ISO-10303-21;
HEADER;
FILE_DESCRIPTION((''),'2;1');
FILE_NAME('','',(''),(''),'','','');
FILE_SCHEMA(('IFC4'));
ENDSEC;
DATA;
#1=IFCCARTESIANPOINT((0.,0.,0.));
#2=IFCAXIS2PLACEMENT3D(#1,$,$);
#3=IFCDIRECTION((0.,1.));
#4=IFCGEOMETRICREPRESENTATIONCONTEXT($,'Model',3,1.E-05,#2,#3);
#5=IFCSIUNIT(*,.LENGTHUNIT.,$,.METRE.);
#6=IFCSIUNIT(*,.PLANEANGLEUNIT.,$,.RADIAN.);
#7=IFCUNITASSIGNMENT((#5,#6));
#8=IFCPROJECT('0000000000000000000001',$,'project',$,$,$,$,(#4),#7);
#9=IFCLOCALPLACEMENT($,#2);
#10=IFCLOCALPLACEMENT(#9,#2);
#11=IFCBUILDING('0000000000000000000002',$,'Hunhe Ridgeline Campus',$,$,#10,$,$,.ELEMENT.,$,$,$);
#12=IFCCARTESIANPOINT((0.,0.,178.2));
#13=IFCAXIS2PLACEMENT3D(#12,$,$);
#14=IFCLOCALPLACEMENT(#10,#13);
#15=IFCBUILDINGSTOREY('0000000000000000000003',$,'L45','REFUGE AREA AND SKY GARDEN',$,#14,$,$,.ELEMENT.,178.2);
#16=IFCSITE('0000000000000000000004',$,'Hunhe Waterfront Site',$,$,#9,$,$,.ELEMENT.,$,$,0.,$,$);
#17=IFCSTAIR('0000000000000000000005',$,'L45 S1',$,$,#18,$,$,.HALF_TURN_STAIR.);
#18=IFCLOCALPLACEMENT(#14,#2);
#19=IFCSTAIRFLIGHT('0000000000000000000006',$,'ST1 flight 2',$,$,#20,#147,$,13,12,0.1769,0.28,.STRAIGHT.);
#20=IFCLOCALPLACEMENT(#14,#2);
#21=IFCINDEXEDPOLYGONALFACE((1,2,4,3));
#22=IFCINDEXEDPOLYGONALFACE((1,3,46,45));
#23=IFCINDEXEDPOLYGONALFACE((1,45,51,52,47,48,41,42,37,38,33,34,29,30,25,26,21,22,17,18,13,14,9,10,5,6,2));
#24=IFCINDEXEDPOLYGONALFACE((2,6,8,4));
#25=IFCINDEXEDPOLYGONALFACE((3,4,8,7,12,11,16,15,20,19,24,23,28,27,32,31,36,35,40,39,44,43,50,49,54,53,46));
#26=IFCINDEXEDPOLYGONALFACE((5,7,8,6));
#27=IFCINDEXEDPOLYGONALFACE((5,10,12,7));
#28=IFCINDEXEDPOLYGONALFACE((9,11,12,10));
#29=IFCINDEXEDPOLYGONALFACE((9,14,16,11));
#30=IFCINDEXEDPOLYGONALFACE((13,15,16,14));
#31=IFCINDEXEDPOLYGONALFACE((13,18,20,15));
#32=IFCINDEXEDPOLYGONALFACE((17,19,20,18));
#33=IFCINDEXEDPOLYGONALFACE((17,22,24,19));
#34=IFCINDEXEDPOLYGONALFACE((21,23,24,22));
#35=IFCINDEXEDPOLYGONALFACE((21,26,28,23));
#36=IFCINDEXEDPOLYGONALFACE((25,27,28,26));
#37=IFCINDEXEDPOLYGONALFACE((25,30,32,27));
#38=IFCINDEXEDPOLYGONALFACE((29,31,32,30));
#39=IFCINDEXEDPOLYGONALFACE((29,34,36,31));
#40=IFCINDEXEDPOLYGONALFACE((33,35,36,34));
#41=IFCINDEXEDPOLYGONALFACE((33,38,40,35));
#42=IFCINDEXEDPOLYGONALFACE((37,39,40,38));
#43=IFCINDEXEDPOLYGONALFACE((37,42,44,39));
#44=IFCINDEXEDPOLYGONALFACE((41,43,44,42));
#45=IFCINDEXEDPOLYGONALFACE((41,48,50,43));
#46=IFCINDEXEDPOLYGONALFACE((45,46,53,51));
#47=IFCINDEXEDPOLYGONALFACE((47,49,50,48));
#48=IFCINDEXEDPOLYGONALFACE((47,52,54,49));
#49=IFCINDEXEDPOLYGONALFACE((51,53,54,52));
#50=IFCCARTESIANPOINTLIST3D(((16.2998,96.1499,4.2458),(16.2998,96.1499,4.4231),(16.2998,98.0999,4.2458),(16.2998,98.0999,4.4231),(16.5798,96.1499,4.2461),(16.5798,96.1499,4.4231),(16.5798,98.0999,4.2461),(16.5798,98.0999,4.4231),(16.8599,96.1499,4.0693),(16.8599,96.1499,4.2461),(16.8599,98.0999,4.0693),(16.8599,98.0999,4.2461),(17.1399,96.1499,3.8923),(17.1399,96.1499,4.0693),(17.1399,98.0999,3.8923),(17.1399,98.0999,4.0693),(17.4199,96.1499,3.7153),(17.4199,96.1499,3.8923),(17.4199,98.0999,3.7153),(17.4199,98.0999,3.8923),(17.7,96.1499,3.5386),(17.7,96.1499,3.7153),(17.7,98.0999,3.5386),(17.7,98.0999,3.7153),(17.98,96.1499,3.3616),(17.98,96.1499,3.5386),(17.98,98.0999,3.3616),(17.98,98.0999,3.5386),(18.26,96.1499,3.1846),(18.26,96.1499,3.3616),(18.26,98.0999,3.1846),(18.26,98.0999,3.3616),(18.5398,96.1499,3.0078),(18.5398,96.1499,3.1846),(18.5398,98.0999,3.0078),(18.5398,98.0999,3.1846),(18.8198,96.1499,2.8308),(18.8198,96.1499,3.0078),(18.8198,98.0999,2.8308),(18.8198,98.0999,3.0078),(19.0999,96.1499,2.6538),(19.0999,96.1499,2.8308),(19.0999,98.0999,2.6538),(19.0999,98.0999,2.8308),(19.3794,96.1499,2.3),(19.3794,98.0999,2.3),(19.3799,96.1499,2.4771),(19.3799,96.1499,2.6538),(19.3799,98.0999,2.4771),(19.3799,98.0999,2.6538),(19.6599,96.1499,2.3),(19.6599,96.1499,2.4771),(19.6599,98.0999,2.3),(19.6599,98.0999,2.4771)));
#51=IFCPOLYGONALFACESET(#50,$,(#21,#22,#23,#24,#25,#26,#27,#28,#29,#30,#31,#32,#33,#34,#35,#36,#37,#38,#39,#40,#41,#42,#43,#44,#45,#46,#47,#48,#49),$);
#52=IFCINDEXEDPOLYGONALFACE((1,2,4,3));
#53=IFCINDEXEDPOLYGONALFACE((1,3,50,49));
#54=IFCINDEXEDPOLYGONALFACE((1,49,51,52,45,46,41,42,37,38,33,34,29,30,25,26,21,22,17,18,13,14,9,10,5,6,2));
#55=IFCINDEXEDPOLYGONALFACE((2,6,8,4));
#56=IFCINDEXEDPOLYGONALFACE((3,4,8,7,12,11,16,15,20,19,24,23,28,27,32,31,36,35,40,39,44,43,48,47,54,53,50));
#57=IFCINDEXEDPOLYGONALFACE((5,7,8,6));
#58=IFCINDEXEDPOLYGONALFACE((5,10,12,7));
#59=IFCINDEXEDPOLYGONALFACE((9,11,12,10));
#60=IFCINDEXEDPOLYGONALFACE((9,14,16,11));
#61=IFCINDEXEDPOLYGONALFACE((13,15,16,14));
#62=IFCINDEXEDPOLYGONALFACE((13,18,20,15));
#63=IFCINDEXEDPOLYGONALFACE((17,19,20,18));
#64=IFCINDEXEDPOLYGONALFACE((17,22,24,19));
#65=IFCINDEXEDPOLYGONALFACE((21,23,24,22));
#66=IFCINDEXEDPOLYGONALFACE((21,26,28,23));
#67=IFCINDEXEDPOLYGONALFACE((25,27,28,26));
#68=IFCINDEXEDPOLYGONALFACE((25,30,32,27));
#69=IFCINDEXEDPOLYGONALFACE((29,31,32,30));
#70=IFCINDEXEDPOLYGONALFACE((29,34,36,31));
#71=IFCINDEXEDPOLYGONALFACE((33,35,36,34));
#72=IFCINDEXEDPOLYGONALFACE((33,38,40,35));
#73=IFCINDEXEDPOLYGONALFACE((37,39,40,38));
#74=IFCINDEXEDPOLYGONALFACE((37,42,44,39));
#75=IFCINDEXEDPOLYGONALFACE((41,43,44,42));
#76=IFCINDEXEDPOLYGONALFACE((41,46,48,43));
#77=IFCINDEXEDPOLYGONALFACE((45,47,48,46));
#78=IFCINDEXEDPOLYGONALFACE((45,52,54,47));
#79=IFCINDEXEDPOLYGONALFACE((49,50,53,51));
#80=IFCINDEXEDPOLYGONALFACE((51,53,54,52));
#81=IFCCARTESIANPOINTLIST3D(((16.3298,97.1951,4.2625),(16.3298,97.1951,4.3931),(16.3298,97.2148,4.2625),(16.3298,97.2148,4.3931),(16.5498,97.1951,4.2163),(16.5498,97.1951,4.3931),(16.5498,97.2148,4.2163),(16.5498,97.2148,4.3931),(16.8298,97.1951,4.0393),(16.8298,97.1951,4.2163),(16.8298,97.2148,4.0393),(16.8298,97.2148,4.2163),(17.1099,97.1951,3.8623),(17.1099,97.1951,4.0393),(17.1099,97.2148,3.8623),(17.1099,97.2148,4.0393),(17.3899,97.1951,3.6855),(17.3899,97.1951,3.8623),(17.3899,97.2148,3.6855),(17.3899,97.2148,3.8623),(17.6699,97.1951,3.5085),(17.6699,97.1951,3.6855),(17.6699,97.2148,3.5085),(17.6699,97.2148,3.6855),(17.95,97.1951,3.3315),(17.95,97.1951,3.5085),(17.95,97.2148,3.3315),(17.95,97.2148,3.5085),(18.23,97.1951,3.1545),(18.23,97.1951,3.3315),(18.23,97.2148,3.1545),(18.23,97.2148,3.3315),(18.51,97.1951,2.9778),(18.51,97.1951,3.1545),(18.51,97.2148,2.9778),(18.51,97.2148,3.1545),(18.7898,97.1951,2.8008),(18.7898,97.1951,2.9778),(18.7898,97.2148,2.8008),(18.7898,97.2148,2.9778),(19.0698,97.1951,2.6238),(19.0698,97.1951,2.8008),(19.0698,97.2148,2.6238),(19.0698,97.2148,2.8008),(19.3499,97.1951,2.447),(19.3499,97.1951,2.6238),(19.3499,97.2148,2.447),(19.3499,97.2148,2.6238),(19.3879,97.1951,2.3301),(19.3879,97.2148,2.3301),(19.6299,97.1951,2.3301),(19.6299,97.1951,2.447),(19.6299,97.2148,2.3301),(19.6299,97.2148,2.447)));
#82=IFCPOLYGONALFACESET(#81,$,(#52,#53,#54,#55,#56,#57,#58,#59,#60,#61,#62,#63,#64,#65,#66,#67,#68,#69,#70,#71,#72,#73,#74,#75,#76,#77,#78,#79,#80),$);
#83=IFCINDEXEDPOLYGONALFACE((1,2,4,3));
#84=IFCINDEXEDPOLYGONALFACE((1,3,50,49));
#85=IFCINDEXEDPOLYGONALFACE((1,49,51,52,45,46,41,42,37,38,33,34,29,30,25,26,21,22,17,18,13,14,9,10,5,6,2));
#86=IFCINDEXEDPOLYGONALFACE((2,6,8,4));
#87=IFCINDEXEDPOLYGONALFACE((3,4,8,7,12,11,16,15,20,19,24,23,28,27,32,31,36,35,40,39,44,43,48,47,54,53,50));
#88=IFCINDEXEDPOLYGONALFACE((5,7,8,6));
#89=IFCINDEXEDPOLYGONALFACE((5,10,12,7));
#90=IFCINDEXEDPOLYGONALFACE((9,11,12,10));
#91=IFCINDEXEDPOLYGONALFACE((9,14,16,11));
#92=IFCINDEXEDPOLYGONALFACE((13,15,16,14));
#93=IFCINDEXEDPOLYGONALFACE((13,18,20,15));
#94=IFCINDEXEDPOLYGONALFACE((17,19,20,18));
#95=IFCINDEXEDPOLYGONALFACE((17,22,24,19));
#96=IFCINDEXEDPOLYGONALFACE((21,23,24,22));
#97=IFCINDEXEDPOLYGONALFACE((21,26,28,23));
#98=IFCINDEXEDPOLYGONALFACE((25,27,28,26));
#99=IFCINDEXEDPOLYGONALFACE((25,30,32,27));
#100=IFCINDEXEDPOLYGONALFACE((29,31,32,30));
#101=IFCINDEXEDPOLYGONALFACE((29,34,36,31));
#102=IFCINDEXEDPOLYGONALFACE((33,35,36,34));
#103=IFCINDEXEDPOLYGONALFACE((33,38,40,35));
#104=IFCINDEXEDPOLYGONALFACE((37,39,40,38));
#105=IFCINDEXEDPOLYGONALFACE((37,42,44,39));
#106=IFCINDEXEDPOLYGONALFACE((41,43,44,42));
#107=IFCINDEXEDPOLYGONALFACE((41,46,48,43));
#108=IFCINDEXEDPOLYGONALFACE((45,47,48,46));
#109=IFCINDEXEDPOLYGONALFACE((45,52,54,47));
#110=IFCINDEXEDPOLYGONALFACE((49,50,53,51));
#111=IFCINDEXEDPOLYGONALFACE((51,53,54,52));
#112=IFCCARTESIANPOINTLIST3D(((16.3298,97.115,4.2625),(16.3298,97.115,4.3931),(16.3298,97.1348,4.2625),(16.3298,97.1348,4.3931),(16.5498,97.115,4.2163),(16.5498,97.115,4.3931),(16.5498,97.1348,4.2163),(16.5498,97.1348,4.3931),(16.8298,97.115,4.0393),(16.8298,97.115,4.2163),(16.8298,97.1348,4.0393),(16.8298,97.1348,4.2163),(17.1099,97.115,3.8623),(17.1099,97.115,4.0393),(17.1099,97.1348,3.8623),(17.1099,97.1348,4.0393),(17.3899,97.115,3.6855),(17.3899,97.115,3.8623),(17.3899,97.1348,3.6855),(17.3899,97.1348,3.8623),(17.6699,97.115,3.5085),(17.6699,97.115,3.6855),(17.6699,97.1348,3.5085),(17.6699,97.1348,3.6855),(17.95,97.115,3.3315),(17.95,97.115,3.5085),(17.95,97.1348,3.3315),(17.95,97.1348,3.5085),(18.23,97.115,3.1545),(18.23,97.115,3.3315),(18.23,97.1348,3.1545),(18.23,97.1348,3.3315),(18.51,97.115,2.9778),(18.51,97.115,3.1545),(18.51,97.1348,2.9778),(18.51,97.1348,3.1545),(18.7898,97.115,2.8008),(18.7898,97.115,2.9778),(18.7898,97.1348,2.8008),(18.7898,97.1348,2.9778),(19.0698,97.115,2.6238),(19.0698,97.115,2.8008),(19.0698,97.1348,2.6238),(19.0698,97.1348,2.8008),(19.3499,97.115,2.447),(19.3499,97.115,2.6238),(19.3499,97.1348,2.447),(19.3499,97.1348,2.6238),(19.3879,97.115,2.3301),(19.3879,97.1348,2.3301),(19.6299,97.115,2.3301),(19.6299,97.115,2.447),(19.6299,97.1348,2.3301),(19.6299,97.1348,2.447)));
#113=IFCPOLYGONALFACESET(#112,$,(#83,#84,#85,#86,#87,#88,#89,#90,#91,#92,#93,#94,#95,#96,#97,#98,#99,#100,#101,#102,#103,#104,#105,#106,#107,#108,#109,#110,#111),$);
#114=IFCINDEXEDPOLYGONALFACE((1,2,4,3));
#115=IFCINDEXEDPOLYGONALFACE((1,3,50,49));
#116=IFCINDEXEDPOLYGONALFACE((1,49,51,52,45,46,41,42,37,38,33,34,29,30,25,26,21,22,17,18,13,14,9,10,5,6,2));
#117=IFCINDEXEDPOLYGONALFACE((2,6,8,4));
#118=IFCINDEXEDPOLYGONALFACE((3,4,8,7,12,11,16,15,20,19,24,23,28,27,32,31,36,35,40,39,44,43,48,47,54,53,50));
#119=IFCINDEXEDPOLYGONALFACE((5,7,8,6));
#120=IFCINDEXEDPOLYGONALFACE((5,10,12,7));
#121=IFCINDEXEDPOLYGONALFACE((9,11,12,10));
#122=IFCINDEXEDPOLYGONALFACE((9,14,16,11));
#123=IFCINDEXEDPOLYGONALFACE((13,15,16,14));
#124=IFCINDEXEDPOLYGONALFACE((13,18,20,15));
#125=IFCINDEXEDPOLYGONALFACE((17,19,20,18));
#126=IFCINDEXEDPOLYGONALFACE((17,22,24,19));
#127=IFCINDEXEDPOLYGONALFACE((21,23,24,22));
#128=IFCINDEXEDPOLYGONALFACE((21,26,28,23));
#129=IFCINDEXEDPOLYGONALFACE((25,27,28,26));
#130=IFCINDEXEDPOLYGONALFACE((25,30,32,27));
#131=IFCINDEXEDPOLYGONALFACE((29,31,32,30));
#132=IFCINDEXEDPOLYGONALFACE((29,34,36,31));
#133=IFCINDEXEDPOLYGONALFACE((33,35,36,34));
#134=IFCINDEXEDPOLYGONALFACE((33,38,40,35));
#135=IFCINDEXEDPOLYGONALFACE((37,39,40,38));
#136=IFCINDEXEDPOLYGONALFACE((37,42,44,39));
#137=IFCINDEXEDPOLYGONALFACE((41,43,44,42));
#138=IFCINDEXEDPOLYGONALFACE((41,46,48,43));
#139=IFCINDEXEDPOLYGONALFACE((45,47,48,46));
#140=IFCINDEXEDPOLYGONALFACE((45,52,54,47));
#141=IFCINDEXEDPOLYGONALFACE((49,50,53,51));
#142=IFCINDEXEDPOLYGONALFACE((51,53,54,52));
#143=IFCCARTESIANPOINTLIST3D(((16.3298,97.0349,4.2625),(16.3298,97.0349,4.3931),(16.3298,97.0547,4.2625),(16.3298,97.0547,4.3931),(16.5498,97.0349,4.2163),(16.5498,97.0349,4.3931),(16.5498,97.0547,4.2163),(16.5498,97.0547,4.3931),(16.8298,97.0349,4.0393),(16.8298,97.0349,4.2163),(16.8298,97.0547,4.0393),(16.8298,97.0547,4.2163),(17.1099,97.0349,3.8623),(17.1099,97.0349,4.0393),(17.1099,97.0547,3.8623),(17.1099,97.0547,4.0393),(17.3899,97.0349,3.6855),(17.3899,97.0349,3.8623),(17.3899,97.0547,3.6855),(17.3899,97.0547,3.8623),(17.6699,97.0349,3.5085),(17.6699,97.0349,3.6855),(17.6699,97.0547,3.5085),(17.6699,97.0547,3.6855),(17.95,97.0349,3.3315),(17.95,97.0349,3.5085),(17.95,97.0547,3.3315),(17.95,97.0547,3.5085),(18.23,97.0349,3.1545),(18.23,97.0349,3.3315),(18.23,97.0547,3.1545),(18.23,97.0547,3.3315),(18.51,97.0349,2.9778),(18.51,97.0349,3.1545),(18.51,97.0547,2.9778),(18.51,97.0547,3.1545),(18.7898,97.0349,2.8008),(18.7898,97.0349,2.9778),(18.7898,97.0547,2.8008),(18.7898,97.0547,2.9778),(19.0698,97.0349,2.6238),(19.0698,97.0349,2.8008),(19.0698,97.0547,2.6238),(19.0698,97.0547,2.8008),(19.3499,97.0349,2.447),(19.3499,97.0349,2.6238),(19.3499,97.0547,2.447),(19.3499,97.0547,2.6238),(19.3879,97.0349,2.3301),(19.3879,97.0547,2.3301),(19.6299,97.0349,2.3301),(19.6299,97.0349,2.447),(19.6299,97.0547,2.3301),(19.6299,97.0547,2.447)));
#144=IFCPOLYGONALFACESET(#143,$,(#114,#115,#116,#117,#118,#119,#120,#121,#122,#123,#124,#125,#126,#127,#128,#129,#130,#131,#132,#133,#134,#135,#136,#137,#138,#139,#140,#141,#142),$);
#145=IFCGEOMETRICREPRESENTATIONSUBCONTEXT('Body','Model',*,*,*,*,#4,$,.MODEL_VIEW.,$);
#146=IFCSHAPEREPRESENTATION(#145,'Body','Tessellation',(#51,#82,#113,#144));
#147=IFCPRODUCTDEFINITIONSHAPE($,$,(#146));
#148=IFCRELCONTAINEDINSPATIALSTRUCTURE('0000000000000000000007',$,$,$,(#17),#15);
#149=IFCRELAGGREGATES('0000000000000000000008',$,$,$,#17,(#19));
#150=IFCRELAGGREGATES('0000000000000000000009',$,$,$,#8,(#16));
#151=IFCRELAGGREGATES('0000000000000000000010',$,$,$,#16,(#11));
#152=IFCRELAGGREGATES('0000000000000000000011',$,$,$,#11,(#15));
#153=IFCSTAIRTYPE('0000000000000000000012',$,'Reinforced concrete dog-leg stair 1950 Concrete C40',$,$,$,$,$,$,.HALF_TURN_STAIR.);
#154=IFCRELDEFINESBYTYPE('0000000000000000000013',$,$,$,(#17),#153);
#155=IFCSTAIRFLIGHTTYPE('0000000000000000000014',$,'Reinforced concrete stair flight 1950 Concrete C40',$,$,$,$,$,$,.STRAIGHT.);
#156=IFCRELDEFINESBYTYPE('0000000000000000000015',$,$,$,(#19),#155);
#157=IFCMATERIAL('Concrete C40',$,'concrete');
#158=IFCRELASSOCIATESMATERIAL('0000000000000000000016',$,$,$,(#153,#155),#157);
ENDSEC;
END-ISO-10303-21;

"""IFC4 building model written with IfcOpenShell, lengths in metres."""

from ifc_helpers import new_model, si_unit, direction, frame, origin, place, context, subcontext, project, spatial, polyline, outline, extrude, material, type_object, element, aggregate, save


model = new_model("IFC4")

# Units and contexts
model_context = context("Model", 3, precision=1e-05, world=origin(), true_north=direction((0.0, 1.0)))
body_context = subcontext(model_context, "Body", "Model", "MODEL_VIEW")
ifc_project = project(units=[si_unit("LENGTHUNIT", "METRE"), si_unit("PLANEANGLEUNIT", "RADIAN")], contexts=[model_context])

# Site, building, storey
site_placement = place(None, origin())
site = spatial("IfcSite", under=ifc_project, at=site_placement, Name="Hunhe Waterfront Site", CompositionType="ELEMENT", RefElevation=0.0)
building_placement = place(site_placement, origin())
building = spatial("IfcBuilding", under=site, at=building_placement, Name="Hunhe Ridgeline Campus", CompositionType="ELEMENT")
storey_placement = place(building_placement, frame((0.0, 0.0, 178.2)))
storey = spatial("IfcBuildingStorey", under=building, at=storey_placement, Name="L45", Description="REFUGE AREA AND SKY GARDEN", CompositionType="ELEMENT", Elevation=178.2)

# Stair, stair flight
ifc_material_1 = material(Name="Concrete C40", Category="concrete")
stair_type = type_object("IfcStairType", Name="Reinforced concrete dog-leg stair 1950 Concrete C40", PredefinedType="HALF_TURN_STAIR", material=ifc_material_1)
stair_placement = place(storey_placement, origin())
stair = element("IfcStair", 1, at=stair_placement, inside=storey, type_object=stair_type, Name="L45 S1", PredefinedType="HALF_TURN_STAIR")
stair_flight_type = type_object("IfcStairFlightType", Name="Reinforced concrete stair flight 1950 Concrete C40", PredefinedType="STRAIGHT", material=ifc_material_1)
stair_flight_placement = place(storey_placement, frame((19.6599, 97.125, 2.3), z_axis=(0.0, 0.0, 1.0), x_axis=(-1.0, 0.0, 0.0)))
stair_flight = element("IfcStairFlight", 2, at=stair_flight_placement, type_object=stair_flight_type, Name="ST1 flight 2", NumberOfRisers=13, NumberOfTreads=12, PredefinedType="STRAIGHT", RiserHeight=0.1769, TreadLength=0.28, context=body_context, shape_type="SweptSolid", body=[
    extrude(outline(polyline([(0.0, 0.0), (0.0, 0.177), (0.28, 0.177), (0.28, 0.3538), (0.5601, 0.3538), (0.5601, 0.5308), (0.8401, 0.5308), (0.8401, 0.7078), (1.1201, 0.7078), (1.1201, 0.8845), (1.3999, 0.8845), (1.3999, 1.0615), (1.6799, 1.0615), (1.6799, 1.2385), (1.96, 1.2385), (1.96, 1.4153), (2.24, 1.4153), (2.24, 1.5923), (2.52, 1.5923), (2.52, 1.7693), (2.8, 1.7693), (2.8, 1.946), (3.0801, 1.946), (3.0801, 2.123), (3.3601, 2.123), (3.3601, 2.3), (3.3601, 1.9458), (0.2805, 0.0), (0.0, 0.0)])), frame((0.0, 0.9751, 0.0), z_axis=(0.0, -1.0, 0.0), x_axis=(1.0, 0.0, 0.0)), (0.0, 0.0, 1.0), 1.95),
    extrude(outline(polyline([(0.03, 0.03), (0.03, 0.147), (0.3101, 0.147), (0.3101, 0.3237), (0.5901, 0.3237), (0.5901, 0.5007), (0.8701, 0.5007), (0.8701, 0.6777), (1.1499, 0.6777), (1.1499, 0.8545), (1.4299, 0.8545), (1.4299, 1.0315), (1.71, 1.0315), (1.71, 1.2085), (1.99, 1.2085), (1.99, 1.3855), (2.27, 1.3855), (2.27, 1.5623), (2.55, 1.5623), (2.55, 1.7393), (2.8301, 1.7393), (2.8301, 1.9163), (3.1101, 1.9163), (3.1101, 2.093), (3.3301, 2.093), (3.3301, 1.9624), (0.272, 0.03), (0.03, 0.03)])), frame((0.0, -0.0701, 0.0), z_axis=(0.0, -1.0, 0.0), x_axis=(1.0, 0.0, 0.0)), (0.0, 0.0, 1.0), 0.0198),
    extrude(outline(polyline([(0.03, 0.03), (0.03, 0.147), (0.3101, 0.147), (0.3101, 0.3237), (0.5901, 0.3237), (0.5901, 0.5007), (0.8701, 0.5007), (0.8701, 0.6777), (1.1499, 0.6777), (1.1499, 0.8545), (1.4299, 0.8545), (1.4299, 1.0315), (1.71, 1.0315), (1.71, 1.2085), (1.99, 1.2085), (1.99, 1.3855), (2.27, 1.3855), (2.27, 1.5623), (2.55, 1.5623), (2.55, 1.7393), (2.8301, 1.7393), (2.8301, 1.9163), (3.1101, 1.9163), (3.1101, 2.093), (3.3301, 2.093), (3.3301, 1.9624), (0.272, 0.03), (0.03, 0.03)])), frame((0.0, 0.01, 0.0), z_axis=(0.0, -1.0, 0.0), x_axis=(1.0, 0.0, 0.0)), (0.0, 0.0, 1.0), 0.0198),
    extrude(outline(polyline([(0.03, 0.03), (0.03, 0.147), (0.3101, 0.147), (0.3101, 0.3237), (0.5901, 0.3237), (0.5901, 0.5007), (0.8701, 0.5007), (0.8701, 0.6777), (1.1499, 0.6777), (1.1499, 0.8545), (1.4299, 0.8545), (1.4299, 1.0315), (1.71, 1.0315), (1.71, 1.2085), (1.99, 1.2085), (1.99, 1.3855), (2.27, 1.3855), (2.27, 1.5623), (2.55, 1.5623), (2.55, 1.7393), (2.8301, 1.7393), (2.8301, 1.9163), (3.1101, 1.9163), (3.1101, 2.093), (3.3301, 2.093), (3.3301, 1.9624), (0.272, 0.03), (0.03, 0.03)])), frame((0.0, 0.0901, 0.0), z_axis=(0.0, -1.0, 0.0), x_axis=(1.0, 0.0, 0.0)), (0.0, 0.0, 1.0), 0.0198),
])
aggregate(stair, [stair_flight])

save(model, "model.ifc")
